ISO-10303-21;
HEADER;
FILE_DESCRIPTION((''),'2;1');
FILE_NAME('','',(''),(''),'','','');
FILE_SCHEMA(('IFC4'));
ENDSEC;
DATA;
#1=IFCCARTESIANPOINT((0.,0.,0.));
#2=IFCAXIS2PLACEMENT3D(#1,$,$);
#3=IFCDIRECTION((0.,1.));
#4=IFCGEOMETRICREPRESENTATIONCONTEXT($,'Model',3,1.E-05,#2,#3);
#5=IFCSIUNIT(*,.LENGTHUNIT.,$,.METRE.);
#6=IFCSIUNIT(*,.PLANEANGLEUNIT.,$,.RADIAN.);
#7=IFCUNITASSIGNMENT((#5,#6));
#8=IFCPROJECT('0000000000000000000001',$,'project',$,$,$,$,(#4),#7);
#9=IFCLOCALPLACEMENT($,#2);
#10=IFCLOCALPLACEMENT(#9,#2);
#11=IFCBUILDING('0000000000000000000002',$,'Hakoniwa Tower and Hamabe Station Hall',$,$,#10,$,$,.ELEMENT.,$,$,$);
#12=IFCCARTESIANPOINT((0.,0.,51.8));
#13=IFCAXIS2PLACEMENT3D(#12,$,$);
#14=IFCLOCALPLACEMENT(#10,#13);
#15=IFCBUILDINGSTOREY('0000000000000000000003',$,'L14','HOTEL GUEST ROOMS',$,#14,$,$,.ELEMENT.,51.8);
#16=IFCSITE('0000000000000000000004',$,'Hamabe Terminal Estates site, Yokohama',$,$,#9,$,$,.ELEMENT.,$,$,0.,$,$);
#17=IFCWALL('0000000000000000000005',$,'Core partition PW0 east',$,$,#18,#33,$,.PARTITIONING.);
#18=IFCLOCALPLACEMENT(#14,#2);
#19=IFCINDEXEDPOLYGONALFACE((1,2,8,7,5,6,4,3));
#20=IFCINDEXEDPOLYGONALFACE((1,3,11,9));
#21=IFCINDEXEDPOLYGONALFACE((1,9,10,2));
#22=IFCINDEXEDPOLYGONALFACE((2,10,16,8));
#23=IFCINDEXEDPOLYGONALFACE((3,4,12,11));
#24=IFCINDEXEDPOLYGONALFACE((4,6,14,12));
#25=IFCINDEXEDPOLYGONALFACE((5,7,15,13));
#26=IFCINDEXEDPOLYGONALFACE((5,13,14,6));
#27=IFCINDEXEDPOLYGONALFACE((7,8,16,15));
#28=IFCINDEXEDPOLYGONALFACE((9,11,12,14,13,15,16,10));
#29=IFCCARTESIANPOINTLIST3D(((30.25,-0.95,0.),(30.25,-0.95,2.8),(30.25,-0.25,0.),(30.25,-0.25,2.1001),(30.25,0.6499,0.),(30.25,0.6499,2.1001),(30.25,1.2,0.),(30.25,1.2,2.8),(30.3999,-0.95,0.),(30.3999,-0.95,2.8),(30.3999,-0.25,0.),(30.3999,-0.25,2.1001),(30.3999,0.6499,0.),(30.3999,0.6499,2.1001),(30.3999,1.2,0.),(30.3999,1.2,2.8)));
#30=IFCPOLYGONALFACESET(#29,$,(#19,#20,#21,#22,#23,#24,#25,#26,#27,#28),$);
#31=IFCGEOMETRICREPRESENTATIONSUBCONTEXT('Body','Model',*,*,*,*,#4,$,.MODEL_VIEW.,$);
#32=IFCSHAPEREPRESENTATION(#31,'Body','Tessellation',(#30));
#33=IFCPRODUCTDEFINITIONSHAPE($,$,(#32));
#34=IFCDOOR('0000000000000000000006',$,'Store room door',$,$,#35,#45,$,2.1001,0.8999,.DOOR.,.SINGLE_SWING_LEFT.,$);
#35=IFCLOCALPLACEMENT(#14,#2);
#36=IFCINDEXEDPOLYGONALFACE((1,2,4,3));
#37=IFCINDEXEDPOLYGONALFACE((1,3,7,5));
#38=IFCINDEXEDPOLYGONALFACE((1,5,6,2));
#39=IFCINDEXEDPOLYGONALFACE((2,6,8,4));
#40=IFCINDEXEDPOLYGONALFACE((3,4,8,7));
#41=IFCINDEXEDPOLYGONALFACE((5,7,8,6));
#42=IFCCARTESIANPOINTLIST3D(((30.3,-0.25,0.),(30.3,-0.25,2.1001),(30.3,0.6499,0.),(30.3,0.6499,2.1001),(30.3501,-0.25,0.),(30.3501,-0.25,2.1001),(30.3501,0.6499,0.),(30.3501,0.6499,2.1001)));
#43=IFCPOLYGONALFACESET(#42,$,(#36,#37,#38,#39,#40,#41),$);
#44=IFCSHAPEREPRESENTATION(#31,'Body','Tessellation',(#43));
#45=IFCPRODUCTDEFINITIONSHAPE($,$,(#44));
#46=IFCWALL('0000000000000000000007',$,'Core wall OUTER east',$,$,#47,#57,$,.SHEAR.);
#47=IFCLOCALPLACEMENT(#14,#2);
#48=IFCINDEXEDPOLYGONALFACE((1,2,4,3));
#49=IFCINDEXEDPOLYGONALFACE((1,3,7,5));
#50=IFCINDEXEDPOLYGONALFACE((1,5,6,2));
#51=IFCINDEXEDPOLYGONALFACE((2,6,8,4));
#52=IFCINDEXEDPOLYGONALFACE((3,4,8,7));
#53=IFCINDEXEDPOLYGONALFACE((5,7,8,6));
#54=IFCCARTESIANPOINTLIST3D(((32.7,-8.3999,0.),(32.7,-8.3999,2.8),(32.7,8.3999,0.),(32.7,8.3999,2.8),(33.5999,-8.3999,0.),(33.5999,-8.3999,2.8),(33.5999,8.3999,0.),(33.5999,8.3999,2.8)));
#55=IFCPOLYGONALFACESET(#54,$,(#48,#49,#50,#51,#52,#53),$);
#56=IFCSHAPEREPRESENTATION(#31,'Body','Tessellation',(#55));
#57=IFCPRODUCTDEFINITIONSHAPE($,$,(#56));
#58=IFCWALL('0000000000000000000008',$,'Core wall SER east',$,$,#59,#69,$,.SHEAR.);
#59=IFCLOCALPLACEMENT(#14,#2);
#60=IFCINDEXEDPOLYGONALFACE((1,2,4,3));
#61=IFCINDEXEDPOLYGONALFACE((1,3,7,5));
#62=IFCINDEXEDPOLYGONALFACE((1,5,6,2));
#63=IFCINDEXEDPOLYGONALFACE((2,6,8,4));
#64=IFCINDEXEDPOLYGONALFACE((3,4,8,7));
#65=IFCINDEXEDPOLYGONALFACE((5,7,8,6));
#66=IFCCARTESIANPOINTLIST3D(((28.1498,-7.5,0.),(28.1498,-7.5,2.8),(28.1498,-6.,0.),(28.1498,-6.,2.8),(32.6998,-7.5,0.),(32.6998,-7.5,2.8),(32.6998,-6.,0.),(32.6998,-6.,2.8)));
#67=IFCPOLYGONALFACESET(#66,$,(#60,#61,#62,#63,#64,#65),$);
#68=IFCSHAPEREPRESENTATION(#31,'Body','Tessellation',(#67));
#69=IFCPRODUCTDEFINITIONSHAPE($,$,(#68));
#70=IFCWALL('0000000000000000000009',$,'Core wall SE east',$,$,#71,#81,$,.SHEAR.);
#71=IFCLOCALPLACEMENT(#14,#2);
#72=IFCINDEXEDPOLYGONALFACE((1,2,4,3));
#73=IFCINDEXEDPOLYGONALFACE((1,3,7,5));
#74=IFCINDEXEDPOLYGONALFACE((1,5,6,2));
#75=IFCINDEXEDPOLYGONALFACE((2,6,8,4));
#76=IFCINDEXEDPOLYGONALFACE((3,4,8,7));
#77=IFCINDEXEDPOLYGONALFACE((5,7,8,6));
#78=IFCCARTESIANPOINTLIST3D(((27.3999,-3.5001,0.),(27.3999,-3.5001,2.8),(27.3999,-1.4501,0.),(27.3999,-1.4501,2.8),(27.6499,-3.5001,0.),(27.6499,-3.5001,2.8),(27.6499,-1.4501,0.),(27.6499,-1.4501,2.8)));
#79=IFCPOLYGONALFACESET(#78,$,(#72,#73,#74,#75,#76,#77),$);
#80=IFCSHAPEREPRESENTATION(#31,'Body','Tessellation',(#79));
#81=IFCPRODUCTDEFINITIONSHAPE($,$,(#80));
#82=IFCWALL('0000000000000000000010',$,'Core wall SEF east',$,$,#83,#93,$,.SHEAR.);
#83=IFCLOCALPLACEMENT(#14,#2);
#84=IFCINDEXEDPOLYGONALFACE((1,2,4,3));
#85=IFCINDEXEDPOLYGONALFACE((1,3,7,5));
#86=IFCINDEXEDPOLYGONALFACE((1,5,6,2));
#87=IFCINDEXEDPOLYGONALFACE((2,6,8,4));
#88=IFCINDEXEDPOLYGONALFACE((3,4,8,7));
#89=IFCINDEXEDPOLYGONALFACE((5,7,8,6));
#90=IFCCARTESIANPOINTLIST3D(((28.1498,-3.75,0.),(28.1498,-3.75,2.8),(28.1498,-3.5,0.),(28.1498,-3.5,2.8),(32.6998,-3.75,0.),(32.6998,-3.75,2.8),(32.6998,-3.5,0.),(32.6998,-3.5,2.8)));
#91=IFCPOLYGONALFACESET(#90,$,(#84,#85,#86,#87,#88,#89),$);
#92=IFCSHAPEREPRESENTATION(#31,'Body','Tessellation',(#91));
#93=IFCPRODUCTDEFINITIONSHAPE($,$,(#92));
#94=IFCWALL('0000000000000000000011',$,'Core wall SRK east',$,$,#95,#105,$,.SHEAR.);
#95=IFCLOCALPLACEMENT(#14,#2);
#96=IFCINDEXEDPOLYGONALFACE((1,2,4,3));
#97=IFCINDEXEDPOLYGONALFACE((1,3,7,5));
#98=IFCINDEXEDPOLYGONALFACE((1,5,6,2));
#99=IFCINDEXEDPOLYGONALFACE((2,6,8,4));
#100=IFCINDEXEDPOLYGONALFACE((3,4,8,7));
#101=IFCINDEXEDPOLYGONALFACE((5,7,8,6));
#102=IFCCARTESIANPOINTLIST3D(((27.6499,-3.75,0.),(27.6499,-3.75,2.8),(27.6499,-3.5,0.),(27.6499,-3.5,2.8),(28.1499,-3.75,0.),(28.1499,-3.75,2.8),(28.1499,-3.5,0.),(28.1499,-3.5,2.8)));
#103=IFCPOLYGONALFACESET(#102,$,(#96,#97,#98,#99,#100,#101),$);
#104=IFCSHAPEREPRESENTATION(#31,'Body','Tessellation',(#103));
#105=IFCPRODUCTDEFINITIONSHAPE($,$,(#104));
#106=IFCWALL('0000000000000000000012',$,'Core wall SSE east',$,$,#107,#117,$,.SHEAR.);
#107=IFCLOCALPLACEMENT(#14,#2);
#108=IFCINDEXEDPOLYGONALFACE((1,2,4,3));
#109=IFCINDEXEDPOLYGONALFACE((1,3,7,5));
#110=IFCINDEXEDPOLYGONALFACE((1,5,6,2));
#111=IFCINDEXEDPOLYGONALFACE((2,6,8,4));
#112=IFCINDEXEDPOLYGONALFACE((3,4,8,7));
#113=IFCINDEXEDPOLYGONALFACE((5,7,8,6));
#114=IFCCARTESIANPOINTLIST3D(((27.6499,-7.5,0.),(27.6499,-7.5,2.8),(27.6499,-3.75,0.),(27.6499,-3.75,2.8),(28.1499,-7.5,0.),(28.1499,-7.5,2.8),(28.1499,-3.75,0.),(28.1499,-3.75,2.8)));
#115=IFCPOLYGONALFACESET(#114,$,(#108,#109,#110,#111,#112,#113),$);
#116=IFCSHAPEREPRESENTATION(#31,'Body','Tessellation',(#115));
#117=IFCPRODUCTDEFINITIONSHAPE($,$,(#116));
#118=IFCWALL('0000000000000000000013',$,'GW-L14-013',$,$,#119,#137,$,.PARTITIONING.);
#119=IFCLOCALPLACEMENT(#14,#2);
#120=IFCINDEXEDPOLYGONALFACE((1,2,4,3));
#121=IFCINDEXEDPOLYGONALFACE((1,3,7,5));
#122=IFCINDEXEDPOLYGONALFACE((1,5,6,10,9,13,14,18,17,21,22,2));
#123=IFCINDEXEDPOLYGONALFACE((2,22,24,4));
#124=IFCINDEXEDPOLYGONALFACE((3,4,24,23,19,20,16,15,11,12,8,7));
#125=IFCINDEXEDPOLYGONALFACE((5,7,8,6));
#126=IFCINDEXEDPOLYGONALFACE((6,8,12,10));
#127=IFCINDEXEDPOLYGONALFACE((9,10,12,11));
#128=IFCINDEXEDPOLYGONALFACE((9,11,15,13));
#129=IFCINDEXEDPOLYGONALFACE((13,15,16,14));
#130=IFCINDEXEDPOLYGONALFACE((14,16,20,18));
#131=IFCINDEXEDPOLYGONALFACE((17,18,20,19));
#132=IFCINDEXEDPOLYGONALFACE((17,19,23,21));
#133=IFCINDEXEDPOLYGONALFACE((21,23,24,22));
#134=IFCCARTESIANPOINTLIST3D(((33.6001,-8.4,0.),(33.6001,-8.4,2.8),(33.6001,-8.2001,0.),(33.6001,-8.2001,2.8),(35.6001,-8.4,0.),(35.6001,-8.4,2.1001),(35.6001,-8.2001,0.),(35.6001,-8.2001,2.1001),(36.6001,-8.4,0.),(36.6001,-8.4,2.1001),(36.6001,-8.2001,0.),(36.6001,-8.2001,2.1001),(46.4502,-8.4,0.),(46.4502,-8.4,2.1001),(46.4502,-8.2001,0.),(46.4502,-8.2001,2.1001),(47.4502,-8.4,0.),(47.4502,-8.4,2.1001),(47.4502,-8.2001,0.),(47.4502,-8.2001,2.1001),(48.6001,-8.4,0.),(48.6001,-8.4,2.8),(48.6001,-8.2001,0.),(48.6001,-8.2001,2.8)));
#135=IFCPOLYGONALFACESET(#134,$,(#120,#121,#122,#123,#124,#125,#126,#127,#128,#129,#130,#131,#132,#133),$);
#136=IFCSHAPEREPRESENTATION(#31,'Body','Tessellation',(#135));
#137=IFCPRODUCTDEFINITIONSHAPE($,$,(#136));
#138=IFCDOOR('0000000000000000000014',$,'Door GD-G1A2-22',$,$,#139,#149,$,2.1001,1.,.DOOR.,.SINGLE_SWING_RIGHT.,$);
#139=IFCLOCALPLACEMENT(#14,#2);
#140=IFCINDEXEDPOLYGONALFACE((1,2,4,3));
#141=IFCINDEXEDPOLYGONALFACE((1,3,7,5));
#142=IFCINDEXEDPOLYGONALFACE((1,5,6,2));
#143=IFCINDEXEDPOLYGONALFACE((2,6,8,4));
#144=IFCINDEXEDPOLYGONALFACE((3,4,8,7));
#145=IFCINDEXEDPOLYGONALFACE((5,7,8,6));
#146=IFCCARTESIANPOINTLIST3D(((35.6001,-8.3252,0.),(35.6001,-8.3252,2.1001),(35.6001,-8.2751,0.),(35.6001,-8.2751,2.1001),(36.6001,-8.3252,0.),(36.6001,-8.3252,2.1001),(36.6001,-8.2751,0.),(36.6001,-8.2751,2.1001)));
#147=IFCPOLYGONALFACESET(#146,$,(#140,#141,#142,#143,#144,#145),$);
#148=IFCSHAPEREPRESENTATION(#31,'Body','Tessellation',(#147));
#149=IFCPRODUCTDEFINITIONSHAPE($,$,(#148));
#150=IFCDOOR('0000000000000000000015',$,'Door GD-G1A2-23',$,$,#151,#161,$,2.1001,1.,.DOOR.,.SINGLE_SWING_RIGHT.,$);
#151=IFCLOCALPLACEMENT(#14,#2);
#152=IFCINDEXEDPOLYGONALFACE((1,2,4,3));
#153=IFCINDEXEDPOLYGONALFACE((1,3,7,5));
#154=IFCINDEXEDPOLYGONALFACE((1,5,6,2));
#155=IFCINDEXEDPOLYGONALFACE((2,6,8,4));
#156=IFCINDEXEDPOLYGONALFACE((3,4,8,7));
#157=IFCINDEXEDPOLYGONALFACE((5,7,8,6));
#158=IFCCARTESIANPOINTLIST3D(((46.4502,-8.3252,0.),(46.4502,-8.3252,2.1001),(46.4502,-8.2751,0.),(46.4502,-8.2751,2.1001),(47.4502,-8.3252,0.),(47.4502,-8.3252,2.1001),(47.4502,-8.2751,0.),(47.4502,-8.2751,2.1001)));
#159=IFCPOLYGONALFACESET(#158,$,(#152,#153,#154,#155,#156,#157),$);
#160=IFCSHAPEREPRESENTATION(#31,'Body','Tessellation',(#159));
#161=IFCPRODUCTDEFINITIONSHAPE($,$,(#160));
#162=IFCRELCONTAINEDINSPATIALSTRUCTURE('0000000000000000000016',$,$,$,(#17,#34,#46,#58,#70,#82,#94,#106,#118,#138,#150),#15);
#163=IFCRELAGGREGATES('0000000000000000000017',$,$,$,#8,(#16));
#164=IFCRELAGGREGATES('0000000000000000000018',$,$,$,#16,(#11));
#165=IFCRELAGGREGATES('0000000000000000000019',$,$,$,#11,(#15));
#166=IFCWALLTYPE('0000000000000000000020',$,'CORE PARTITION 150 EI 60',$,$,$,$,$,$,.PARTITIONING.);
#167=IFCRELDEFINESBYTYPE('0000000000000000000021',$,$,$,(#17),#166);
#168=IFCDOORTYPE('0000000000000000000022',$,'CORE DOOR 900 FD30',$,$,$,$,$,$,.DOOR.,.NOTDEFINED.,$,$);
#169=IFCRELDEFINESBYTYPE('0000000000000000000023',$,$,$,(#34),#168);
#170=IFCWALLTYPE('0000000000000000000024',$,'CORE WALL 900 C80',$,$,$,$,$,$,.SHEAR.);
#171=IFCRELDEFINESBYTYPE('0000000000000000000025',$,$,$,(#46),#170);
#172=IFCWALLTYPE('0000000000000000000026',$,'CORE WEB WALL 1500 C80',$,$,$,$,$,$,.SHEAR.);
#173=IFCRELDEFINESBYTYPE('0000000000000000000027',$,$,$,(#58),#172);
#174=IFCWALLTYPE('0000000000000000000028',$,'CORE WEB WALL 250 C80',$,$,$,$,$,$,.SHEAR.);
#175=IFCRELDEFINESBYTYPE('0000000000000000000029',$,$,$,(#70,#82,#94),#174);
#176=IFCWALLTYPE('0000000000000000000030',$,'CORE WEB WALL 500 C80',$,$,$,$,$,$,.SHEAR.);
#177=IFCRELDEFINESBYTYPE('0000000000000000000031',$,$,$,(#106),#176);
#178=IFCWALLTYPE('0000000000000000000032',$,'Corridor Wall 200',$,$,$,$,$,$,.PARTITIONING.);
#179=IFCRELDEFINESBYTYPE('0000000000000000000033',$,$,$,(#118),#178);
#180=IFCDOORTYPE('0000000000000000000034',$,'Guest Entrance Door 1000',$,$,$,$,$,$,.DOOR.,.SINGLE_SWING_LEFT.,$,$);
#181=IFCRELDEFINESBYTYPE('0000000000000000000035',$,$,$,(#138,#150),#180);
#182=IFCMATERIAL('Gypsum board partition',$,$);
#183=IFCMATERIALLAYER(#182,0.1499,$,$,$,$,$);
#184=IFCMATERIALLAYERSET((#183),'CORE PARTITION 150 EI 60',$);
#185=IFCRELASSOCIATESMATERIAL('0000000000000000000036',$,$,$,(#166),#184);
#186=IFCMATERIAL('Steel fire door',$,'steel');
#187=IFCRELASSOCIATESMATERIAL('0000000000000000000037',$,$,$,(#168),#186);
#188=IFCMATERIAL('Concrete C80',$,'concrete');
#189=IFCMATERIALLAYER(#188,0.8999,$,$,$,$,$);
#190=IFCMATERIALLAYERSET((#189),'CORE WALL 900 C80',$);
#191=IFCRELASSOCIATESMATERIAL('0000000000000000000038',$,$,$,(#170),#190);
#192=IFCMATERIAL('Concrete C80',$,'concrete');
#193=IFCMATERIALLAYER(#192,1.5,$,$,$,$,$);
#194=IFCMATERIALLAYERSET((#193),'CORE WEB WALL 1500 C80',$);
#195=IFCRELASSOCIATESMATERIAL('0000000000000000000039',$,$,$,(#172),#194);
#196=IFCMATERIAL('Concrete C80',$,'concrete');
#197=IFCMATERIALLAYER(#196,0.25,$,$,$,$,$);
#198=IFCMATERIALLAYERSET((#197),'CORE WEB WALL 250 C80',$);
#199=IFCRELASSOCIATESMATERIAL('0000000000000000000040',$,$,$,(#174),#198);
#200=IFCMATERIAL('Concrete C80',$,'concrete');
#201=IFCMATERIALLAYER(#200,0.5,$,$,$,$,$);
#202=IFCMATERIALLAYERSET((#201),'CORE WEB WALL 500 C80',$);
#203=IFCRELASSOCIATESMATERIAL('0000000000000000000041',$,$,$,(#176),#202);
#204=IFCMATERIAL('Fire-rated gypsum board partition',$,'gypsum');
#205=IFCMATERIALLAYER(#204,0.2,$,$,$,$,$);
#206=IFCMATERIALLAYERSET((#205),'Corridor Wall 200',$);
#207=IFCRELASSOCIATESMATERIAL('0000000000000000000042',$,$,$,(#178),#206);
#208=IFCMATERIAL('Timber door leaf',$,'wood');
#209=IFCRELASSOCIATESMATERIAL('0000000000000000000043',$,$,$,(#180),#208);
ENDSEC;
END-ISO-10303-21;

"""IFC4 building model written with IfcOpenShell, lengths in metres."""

from ifc_helpers import new_model, si_unit, direction, frame, frame_2d, origin, place, context, subcontext, project, spatial, rectangle, extrude, material, layer, layer_set, type_object, element, fill, save


model = new_model("IFC4")

# Units and contexts
model_context = context("Model", 3, precision=1e-05, world=origin(), true_north=direction((0.0, 1.0)))
body_context = subcontext(model_context, "Body", "Model", "MODEL_VIEW")
ifc_project = project(units=[si_unit("LENGTHUNIT", "METRE"), si_unit("PLANEANGLEUNIT", "RADIAN")], contexts=[model_context])

# Site, building, storey
site_placement = place(None, origin())
site = spatial("IfcSite", under=ifc_project, at=site_placement, Name="Hamabe Terminal Estates site, Yokohama", CompositionType="ELEMENT", RefElevation=0.0)
building_placement = place(site_placement, origin())
building = spatial("IfcBuilding", under=site, at=building_placement, Name="Hakoniwa Tower and Hamabe Station Hall", CompositionType="ELEMENT")
storey_placement = place(building_placement, frame((0.0, 0.0, 51.8)))
storey = spatial("IfcBuildingStorey", under=building, at=storey_placement, Name="L14", Description="HOTEL GUEST ROOMS", CompositionType="ELEMENT", Elevation=51.8)

# Wall, opening, door
ifc_material_1 = material(Name="Gypsum board partition")
ifc_layer_1 = layer(ifc_material_1, 0.1499)
ifc_layer_set_1 = layer_set([ifc_layer_1], Name="CORE PARTITION 150 EI 60")
wall_type_1 = type_object("IfcWallType", Name="CORE PARTITION 150 EI 60", PredefinedType="PARTITIONING", material=ifc_layer_set_1)
wall_1_placement = place(storey_placement, frame((30.325, -0.95, 0.0), z_axis=(0.0, 0.0, 1.0), x_axis=(0.0, 1.0, 0.0)))
wall_1 = element("IfcWall", 1, at=wall_1_placement, inside=storey, type_object=wall_type_1, Name="Core partition PW0 east", PredefinedType="PARTITIONING", context=body_context, shape_type="SweptSolid", body=[
    extrude(rectangle(XDim=2.1499, YDim=0.1499, at=frame_2d((1.075, 0.0))), origin(), (0.0, 0.0, 1.0), 2.8),
])
opening_1_placement = place(wall_1_placement, frame((0.7, 0.0, 0.0)))
opening_1 = element("IfcOpeningElement", 2, at=opening_1_placement, cuts=wall_1, PredefinedType="OPENING", context=body_context, shape_type="SweptSolid", body=[
    extrude(rectangle(XDim=0.8999, YDim=2.1001, at=frame_2d((0.45, 1.05))), frame((0.0, 0.085, 0.0), z_axis=(0.0, -1.0, 0.0), x_axis=(1.0, 0.0, 0.0)), (0.0, 0.0, 1.0), 0.1699),
])
ifc_material_2 = material(Name="Steel fire door", Category="steel")
door_type_1 = type_object("IfcDoorType", Name="CORE DOOR 900 FD30", OperationType="NOTDEFINED", PredefinedType="DOOR", material=ifc_material_2)
door_1_placement = place(opening_1_placement, origin())
door_1 = element("IfcDoor", 3, at=door_1_placement, inside=storey, type_object=door_type_1, Name="Store room door", OperationType="SINGLE_SWING_LEFT", OverallHeight=2.1001, OverallWidth=0.8999, PredefinedType="DOOR", context=body_context, shape_type="SweptSolid", body=[
    extrude(rectangle(XDim=0.8999, YDim=2.1001, at=frame_2d((0.45, 1.05))), frame((0.0, 0.0249, 0.0), z_axis=(0.0, -1.0, 0.0), x_axis=(1.0, 0.0, 0.0)), (0.0, 0.0, 1.0), 0.05),
])
fill(opening_1, door_1)

# Walls
ifc_material_3 = material(Name="Concrete C80", Category="concrete")
ifc_layer_2 = layer(ifc_material_3, 0.8999)
ifc_layer_set_2 = layer_set([ifc_layer_2], Name="CORE WALL 900 C80")
wall_type_2 = type_object("IfcWallType", Name="CORE WALL 900 C80", PredefinedType="SHEAR", material=ifc_layer_set_2)
wall_2_placement = place(storey_placement, frame((33.1499, -8.3999, 0.0), z_axis=(0.0, 0.0, 1.0), x_axis=(0.0, 1.0, 0.0)))
element("IfcWall", 4, at=wall_2_placement, inside=storey, type_object=wall_type_2, Name="Core wall OUTER east", PredefinedType="SHEAR", context=body_context, shape_type="SweptSolid", body=[
    extrude(rectangle(XDim=16.7998, YDim=0.8999, at=frame_2d((8.3999, 0.0))), origin(), (0.0, 0.0, 1.0), 2.8),
])
ifc_material_4 = material(Name="Concrete C80", Category="concrete")
ifc_layer_3 = layer(ifc_material_4, 1.5)
ifc_layer_set_3 = layer_set([ifc_layer_3], Name="CORE WEB WALL 1500 C80")
wall_type_3 = type_object("IfcWallType", Name="CORE WEB WALL 1500 C80", PredefinedType="SHEAR", material=ifc_layer_set_3)
wall_3_placement = place(storey_placement, frame((28.1499, -6.75, 0.0), z_axis=(0.0, 0.0, 1.0), x_axis=(1.0, 0.0, 0.0)))
element("IfcWall", 5, at=wall_3_placement, inside=storey, type_object=wall_type_3, Name="Core wall SER east", PredefinedType="SHEAR", context=body_context, shape_type="SweptSolid", body=[
    extrude(rectangle(XDim=4.55, YDim=1.5, at=frame_2d((2.2749, 0.0))), origin(), (0.0, 0.0, 1.0), 2.8),
])
ifc_material_5 = material(Name="Concrete C80", Category="concrete")
ifc_layer_4 = layer(ifc_material_5, 0.25)
ifc_layer_set_4 = layer_set([ifc_layer_4], Name="CORE WEB WALL 250 C80")
wall_type_4 = type_object("IfcWallType", Name="CORE WEB WALL 250 C80", PredefinedType="SHEAR", material=ifc_layer_set_4)
wall_4_placement = place(storey_placement, frame((27.5249, -3.5, 0.0), z_axis=(0.0, 0.0, 1.0), x_axis=(0.0, 1.0, 0.0)))
element("IfcWall", 6, at=wall_4_placement, inside=storey, type_object=wall_type_4, Name="Core wall SE east", PredefinedType="SHEAR", context=body_context, shape_type="SweptSolid", body=[
    extrude(rectangle(XDim=2.05, YDim=0.25, at=frame_2d((1.0249, 0.0))), origin(), (0.0, 0.0, 1.0), 2.8),
])
wall_5_placement = place(storey_placement, frame((28.1499, -3.625, 0.0), z_axis=(0.0, 0.0, 1.0), x_axis=(1.0, 0.0, 0.0)))
element("IfcWall", 7, at=wall_5_placement, inside=storey, type_object=wall_type_4, Name="Core wall SEF east", PredefinedType="SHEAR", context=body_context, shape_type="SweptSolid", body=[
    extrude(rectangle(XDim=4.55, YDim=0.25, at=frame_2d((2.2749, 0.0))), origin(), (0.0, 0.0, 1.0), 2.8),
])
wall_6_placement = place(storey_placement, frame((27.6499, -3.625, 0.0), z_axis=(0.0, 0.0, 1.0), x_axis=(1.0, 0.0, 0.0)))
element("IfcWall", 8, at=wall_6_placement, inside=storey, type_object=wall_type_4, Name="Core wall SRK east", PredefinedType="SHEAR", context=body_context, shape_type="SweptSolid", body=[
    extrude(rectangle(XDim=0.5, YDim=0.25, at=frame_2d((0.25, 0.0))), origin(), (0.0, 0.0, 1.0), 2.8),
])
ifc_material_6 = material(Name="Concrete C80", Category="concrete")
ifc_layer_5 = layer(ifc_material_6, 0.5)
ifc_layer_set_5 = layer_set([ifc_layer_5], Name="CORE WEB WALL 500 C80")
wall_type_5 = type_object("IfcWallType", Name="CORE WEB WALL 500 C80", PredefinedType="SHEAR", material=ifc_layer_set_5)
wall_7_placement = place(storey_placement, frame((27.8999, -7.5, 0.0), z_axis=(0.0, 0.0, 1.0), x_axis=(0.0, 1.0, 0.0)))
element("IfcWall", 9, at=wall_7_placement, inside=storey, type_object=wall_type_5, Name="Core wall SSE east", PredefinedType="SHEAR", context=body_context, shape_type="SweptSolid", body=[
    extrude(rectangle(XDim=3.75, YDim=0.5, at=frame_2d((1.875, 0.0))), origin(), (0.0, 0.0, 1.0), 2.8),
])

# Wall, openings, doors
ifc_material_7 = material(Name="Fire-rated gypsum board partition", Category="gypsum")
ifc_layer_6 = layer(ifc_material_7, 0.2)
ifc_layer_set_6 = layer_set([ifc_layer_6], Name="Corridor Wall 200")
wall_type_6 = type_object("IfcWallType", Name="Corridor Wall 200", PredefinedType="PARTITIONING", material=ifc_layer_set_6)
wall_8_placement = place(storey_placement, frame((33.6001, -8.3, 0.0), z_axis=(0.0, 0.0, 1.0), x_axis=(1.0, 0.0, 0.0)))
wall_8 = element("IfcWall", 10, at=wall_8_placement, inside=storey, type_object=wall_type_6, Name="GW-L14-013", PredefinedType="PARTITIONING", context=body_context, shape_type="SweptSolid", body=[
    extrude(rectangle(XDim=15.0, YDim=0.2, at=frame_2d((7.5, 0.0))), origin(), (0.0, 0.0, 1.0), 2.8),
])
opening_2_placement = place(wall_8_placement, frame((2.0, 0.0, 0.0)))
opening_2 = element("IfcOpeningElement", 11, at=opening_2_placement, cuts=wall_8, PredefinedType="OPENING", context=body_context, shape_type="SweptSolid", body=[
    extrude(rectangle(XDim=1.0, YDim=2.1001, at=frame_2d((0.5, 1.05))), frame((0.0, 0.1099, 0.0), z_axis=(0.0, -1.0, 0.0), x_axis=(1.0, 0.0, 0.0)), (0.0, 0.0, 1.0), 0.22),
])
opening_3_placement = place(wall_8_placement, frame((12.8501, 0.0, 0.0)))
opening_3 = element("IfcOpeningElement", 12, at=opening_3_placement, cuts=wall_8, PredefinedType="OPENING", context=body_context, shape_type="SweptSolid", body=[
    extrude(rectangle(XDim=1.0, YDim=2.1001, at=frame_2d((0.5, 1.05))), frame((0.0, 0.1099, 0.0), z_axis=(0.0, -1.0, 0.0), x_axis=(1.0, 0.0, 0.0)), (0.0, 0.0, 1.0), 0.22),
])
ifc_material_8 = material(Name="Timber door leaf", Category="wood")
door_type_2 = type_object("IfcDoorType", Name="Guest Entrance Door 1000", OperationType="SINGLE_SWING_LEFT", PredefinedType="DOOR", material=ifc_material_8)
door_2_placement = place(opening_2_placement, origin())
door_2 = element("IfcDoor", 13, at=door_2_placement, inside=storey, type_object=door_type_2, Name="Door GD-G1A2-22", OperationType="SINGLE_SWING_RIGHT", OverallHeight=2.1001, OverallWidth=1.0, PredefinedType="DOOR", context=body_context, shape_type="SweptSolid", body=[
    extrude(rectangle(XDim=1.0, YDim=2.1001, at=frame_2d((0.5, 1.05))), frame((0.0, 0.0249, 0.0), z_axis=(0.0, -1.0, 0.0), x_axis=(1.0, 0.0, 0.0)), (0.0, 0.0, 1.0), 0.05),
])
fill(opening_2, door_2)
door_3_placement = place(opening_3_placement, origin())
door_3 = element("IfcDoor", 14, at=door_3_placement, inside=storey, type_object=door_type_2, Name="Door GD-G1A2-23", OperationType="SINGLE_SWING_RIGHT", OverallHeight=2.1001, OverallWidth=1.0, PredefinedType="DOOR", context=body_context, shape_type="SweptSolid", body=[
    extrude(rectangle(XDim=1.0, YDim=2.1001, at=frame_2d((0.5, 1.05))), frame((0.0, 0.0249, 0.0), z_axis=(0.0, -1.0, 0.0), x_axis=(1.0, 0.0, 0.0)), (0.0, 0.0, 1.0), 0.05),
])
fill(opening_3, door_3)

save(model, "model.ifc")
